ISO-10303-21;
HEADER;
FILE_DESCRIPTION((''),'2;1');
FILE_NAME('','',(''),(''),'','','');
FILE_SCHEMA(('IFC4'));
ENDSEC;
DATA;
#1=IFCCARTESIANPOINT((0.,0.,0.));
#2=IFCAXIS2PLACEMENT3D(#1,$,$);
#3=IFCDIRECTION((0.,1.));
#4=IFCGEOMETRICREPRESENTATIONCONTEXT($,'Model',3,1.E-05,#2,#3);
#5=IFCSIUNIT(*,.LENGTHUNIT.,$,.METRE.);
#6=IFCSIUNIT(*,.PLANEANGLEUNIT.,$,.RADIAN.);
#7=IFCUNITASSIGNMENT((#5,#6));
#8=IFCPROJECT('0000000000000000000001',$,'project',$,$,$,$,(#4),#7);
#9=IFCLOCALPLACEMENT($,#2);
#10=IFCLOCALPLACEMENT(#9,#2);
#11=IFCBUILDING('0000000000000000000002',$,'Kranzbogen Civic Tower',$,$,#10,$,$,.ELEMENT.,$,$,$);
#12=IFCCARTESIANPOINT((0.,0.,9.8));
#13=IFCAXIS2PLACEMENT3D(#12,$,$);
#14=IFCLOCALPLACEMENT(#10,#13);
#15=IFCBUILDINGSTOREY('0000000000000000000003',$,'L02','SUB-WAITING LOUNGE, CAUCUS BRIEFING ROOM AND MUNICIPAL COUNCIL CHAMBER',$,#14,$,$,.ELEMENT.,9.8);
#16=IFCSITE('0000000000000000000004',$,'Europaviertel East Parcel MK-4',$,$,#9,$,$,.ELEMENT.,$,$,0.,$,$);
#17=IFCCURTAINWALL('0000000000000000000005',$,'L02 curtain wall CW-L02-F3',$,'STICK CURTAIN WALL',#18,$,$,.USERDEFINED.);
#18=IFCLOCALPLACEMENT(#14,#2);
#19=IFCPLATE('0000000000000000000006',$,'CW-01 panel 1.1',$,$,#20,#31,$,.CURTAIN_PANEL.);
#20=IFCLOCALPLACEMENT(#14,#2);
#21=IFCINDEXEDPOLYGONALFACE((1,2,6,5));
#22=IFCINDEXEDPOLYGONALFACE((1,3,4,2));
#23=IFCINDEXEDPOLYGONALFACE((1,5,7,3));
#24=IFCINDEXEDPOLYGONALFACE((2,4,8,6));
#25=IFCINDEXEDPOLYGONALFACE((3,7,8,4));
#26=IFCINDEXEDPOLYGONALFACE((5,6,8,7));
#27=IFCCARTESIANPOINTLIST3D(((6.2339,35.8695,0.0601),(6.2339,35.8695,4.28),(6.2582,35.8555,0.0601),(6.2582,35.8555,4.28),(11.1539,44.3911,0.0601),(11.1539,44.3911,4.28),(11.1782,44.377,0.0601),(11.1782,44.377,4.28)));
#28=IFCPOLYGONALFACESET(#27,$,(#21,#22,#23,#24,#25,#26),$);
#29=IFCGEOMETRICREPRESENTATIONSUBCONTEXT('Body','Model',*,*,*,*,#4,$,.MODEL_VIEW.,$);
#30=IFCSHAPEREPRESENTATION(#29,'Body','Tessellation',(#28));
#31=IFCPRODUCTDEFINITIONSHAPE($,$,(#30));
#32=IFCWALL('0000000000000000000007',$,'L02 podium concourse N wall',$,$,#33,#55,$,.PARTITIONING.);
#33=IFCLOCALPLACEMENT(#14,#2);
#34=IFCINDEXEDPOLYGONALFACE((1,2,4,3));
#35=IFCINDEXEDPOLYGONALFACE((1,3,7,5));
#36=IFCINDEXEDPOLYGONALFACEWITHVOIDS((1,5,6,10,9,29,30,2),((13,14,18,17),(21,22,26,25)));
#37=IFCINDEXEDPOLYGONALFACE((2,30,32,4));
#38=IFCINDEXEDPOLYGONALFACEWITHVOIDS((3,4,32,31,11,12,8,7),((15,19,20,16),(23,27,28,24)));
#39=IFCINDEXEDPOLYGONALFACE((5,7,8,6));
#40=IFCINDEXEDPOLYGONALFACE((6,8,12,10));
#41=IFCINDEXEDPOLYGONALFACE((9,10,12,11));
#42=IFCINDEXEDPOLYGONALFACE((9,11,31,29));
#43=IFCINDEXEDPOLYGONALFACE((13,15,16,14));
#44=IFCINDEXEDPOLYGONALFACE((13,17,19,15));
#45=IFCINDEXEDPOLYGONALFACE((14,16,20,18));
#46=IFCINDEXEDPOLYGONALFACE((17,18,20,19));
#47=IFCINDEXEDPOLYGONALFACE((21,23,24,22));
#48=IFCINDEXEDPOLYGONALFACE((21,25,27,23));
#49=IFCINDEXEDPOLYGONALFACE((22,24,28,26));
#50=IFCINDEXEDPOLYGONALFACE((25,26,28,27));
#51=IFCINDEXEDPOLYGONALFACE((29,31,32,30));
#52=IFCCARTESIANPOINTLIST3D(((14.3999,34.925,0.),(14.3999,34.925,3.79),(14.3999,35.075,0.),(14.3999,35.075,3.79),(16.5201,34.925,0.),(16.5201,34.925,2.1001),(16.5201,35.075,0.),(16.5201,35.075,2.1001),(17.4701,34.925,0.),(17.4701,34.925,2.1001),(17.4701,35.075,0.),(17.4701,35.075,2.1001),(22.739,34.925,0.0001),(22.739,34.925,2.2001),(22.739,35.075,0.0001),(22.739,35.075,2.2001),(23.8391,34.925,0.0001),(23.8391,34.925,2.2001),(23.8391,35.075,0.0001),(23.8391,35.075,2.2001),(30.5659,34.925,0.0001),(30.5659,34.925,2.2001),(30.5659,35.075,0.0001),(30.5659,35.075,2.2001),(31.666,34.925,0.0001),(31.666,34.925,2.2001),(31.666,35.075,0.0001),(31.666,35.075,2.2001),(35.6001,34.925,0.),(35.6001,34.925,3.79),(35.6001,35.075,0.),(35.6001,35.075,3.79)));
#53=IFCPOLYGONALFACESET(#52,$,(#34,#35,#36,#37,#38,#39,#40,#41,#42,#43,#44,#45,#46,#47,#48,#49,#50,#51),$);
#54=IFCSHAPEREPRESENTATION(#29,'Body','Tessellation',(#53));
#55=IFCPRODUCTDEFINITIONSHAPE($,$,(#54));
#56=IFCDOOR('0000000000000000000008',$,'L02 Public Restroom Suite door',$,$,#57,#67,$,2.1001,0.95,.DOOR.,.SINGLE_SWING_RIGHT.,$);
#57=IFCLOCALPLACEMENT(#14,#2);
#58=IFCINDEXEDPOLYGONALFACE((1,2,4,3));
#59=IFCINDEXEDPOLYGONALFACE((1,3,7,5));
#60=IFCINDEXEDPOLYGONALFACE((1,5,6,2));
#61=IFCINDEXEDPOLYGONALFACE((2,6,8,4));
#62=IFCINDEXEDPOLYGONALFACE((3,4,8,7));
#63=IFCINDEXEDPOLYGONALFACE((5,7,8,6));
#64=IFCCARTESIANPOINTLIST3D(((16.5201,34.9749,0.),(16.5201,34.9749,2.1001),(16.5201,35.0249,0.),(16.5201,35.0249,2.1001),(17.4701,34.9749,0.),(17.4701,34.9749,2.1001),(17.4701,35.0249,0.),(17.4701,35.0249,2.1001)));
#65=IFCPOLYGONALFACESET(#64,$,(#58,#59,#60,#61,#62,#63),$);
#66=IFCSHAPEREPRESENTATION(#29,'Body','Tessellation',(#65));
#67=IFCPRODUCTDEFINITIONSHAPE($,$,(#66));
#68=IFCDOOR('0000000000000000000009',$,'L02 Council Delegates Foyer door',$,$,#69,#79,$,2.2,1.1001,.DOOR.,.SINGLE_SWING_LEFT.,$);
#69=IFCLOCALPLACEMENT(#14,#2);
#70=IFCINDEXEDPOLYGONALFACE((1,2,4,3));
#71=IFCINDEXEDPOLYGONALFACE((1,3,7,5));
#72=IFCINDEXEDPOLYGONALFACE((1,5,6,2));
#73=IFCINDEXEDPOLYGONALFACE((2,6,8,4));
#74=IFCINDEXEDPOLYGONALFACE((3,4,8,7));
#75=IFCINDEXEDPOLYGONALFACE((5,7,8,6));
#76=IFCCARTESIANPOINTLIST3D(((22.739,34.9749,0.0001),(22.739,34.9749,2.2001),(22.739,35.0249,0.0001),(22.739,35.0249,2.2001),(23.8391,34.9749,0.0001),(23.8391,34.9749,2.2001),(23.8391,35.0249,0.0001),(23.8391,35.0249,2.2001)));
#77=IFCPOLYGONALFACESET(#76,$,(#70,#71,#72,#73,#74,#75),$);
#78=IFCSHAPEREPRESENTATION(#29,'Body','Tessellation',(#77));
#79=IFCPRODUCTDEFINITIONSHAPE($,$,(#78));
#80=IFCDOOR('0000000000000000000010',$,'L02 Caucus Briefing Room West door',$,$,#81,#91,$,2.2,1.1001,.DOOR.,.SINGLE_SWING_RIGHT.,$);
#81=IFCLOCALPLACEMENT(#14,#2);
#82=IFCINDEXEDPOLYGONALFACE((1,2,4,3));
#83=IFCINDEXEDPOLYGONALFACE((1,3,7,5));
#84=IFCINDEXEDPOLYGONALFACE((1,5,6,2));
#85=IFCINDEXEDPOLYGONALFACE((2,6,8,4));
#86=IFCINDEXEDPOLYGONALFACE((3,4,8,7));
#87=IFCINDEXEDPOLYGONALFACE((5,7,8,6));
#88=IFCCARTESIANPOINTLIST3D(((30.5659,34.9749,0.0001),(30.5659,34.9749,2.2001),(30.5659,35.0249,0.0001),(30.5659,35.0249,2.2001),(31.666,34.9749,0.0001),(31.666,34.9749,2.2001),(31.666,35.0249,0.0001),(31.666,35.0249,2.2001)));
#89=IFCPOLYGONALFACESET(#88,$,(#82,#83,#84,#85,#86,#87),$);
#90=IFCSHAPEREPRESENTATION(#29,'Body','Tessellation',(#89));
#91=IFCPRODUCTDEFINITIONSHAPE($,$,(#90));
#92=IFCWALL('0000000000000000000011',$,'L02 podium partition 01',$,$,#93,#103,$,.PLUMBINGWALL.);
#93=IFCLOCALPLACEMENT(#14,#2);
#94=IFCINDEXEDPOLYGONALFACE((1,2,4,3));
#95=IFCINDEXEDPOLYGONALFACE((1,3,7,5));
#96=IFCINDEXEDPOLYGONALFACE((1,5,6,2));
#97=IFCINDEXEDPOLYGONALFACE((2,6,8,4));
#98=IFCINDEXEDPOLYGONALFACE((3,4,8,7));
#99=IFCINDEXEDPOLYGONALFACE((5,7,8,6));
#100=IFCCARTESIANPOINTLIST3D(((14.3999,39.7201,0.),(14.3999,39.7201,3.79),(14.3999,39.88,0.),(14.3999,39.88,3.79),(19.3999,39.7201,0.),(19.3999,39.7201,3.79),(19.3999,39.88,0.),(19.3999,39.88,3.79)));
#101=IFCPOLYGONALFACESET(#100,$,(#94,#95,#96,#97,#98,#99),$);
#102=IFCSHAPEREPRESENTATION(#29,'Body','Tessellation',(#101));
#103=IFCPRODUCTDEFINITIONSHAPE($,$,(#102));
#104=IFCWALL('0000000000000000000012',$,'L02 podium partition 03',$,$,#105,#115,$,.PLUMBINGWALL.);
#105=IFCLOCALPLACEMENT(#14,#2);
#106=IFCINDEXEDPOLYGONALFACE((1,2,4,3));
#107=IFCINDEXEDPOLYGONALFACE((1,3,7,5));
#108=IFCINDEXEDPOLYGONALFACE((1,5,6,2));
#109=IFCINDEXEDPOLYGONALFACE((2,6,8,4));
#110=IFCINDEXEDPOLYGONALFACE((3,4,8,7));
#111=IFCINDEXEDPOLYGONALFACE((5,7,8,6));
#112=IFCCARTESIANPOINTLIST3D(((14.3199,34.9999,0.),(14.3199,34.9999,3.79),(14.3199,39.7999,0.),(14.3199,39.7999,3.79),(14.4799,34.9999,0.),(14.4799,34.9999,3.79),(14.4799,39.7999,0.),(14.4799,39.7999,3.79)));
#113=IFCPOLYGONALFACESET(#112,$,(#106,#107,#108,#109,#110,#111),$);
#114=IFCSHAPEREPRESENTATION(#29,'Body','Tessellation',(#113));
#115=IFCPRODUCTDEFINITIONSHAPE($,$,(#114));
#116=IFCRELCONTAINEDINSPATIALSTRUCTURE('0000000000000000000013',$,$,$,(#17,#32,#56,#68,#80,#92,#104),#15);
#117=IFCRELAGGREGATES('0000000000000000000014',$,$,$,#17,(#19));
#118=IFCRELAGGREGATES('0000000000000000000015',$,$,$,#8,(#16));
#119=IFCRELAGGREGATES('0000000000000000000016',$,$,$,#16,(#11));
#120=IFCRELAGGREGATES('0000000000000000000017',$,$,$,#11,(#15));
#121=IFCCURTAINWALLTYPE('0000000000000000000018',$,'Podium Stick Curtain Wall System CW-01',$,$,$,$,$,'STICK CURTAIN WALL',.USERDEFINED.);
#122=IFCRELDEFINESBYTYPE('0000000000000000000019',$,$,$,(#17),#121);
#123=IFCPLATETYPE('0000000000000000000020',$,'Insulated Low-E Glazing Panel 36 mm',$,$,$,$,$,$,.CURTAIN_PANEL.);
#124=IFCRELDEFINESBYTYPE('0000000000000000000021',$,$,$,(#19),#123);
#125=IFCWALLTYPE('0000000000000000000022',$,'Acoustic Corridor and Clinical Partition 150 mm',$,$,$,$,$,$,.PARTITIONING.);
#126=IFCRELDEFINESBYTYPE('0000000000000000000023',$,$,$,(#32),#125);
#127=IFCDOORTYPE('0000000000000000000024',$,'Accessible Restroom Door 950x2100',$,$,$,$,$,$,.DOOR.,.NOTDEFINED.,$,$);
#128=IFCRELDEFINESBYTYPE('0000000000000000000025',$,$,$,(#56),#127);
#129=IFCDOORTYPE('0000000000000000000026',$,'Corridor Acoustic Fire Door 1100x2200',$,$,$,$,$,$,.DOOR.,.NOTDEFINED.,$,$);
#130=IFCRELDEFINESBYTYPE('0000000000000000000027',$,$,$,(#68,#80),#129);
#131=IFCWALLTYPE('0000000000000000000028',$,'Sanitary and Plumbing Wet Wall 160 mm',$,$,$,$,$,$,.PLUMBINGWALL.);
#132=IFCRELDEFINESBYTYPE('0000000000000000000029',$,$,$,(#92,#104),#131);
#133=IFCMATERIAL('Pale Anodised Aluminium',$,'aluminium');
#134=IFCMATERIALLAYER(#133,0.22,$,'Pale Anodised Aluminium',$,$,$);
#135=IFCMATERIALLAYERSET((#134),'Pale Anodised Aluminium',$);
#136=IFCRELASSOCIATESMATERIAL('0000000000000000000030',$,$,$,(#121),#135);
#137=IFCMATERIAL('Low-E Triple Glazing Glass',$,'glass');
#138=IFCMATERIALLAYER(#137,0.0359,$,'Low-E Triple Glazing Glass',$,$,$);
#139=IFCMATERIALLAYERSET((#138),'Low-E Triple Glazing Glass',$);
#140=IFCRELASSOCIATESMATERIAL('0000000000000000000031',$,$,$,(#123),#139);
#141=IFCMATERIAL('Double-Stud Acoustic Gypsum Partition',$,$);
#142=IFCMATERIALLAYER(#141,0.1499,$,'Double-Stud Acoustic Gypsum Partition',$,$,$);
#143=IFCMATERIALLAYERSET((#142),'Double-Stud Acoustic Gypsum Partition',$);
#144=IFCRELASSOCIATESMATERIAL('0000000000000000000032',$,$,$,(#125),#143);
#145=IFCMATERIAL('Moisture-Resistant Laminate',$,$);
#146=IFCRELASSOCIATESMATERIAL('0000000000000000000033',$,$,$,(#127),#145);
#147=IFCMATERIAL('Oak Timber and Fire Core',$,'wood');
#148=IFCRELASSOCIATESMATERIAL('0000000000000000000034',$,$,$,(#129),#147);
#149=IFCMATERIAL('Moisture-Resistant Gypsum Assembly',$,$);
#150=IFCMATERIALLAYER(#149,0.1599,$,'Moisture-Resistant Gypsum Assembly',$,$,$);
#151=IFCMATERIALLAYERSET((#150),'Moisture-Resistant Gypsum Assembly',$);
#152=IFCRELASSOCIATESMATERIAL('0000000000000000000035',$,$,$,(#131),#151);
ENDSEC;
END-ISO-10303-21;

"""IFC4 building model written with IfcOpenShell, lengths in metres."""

from ifc_helpers import new_model, si_unit, direction, frame, frame_2d, origin, origin_2d, place, context, subcontext, project, spatial, rectangle, extrude, material, layer, layer_set, type_object, element, fill, aggregate, save


model = new_model("IFC4")

# Units and contexts
model_context = context("Model", 3, precision=1e-05, world=origin(), true_north=direction((0.0, 1.0)))
body_context = subcontext(model_context, "Body", "Model", "MODEL_VIEW")
ifc_project = project(units=[si_unit("LENGTHUNIT", "METRE"), si_unit("PLANEANGLEUNIT", "RADIAN")], contexts=[model_context])

# Site, building, storey
site_placement = place(None, origin())
site = spatial("IfcSite", under=ifc_project, at=site_placement, Name="Europaviertel East Parcel MK-4", CompositionType="ELEMENT", RefElevation=0.0)
building_placement = place(site_placement, origin())
building = spatial("IfcBuilding", under=site, at=building_placement, Name="Kranzbogen Civic Tower", CompositionType="ELEMENT")
storey_placement = place(building_placement, frame((0.0, 0.0, 9.8)))
storey = spatial("IfcBuildingStorey", under=building, at=storey_placement, Name="L02", Description="SUB-WAITING LOUNGE, CAUCUS BRIEFING ROOM AND MUNICIPAL COUNCIL CHAMBER", CompositionType="ELEMENT", Elevation=9.8)

# Shared definitions
ifc_material_1 = material(Name="Pale Anodised Aluminium", Category="aluminium")

# Shared definitions
ifc_layer_1 = layer(ifc_material_1, 0.22, Name="Pale Anodised Aluminium")
ifc_layer_set_1 = layer_set([ifc_layer_1], Name="Pale Anodised Aluminium")
curtain_wall_type_1 = type_object("IfcCurtainWallType", Name="Podium Stick Curtain Wall System CW-01", ElementType="STICK CURTAIN WALL", PredefinedType="USERDEFINED", material=ifc_layer_set_1)

# Curtain wall
curtain_wall_1_placement = place(storey_placement, origin())
curtain_wall_1 = element("IfcCurtainWall", 1, at=curtain_wall_1_placement, inside=storey, type_object=curtain_wall_type_1, Name="L02 curtain wall CW-L02-F3", ObjectType="STICK CURTAIN WALL", PredefinedType="USERDEFINED")

# Plate
ifc_material_2 = material(Name="Low-E Triple Glazing Glass", Category="glass")
ifc_layer_2 = layer(ifc_material_2, 0.0359, Name="Low-E Triple Glazing Glass")
ifc_layer_set_2 = layer_set([ifc_layer_2], Name="Low-E Triple Glazing Glass")
plate_type_1 = type_object("IfcPlateType", Name="Insulated Low-E Glazing Panel 36 mm", PredefinedType="CURTAIN_PANEL", material=ifc_layer_set_2)
plate_1_placement = place(storey_placement, frame((8.7061, 40.1233, 0.0601), z_axis=(0.0, 0.0, 1.0), x_axis=(-0.500006, -0.866022, 0.0)))
plate_1 = element("IfcPlate", 2, at=plate_1_placement, type_object=plate_type_1, Name="CW-01 panel 1.1", PredefinedType="CURTAIN_PANEL", context=body_context, shape_type="SweptSolid", body=[
    extrude(rectangle(XDim=9.8398, YDim=0.0281, at=origin_2d()), origin(), (0.0, 0.0, 1.0), 4.22),
])
aggregate(curtain_wall_1, [plate_1])

# Wall, openings, doors
ifc_material_3 = material(Name="Double-Stud Acoustic Gypsum Partition")
ifc_layer_3 = layer(ifc_material_3, 0.1499, Name="Double-Stud Acoustic Gypsum Partition")
ifc_layer_set_3 = layer_set([ifc_layer_3], Name="Double-Stud Acoustic Gypsum Partition")
wall_type_1 = type_object("IfcWallType", Name="Acoustic Corridor and Clinical Partition 150 mm", PredefinedType="PARTITIONING", material=ifc_layer_set_3)
wall_1_placement = place(storey_placement, frame((14.3999, 35.0, 0.0), z_axis=(0.0, 0.0, 1.0), x_axis=(1.0, 0.0, 0.0)))
wall_1 = element("IfcWall", 3, at=wall_1_placement, inside=storey, type_object=wall_type_1, Name="L02 podium concourse N wall", PredefinedType="PARTITIONING", context=body_context, shape_type="SweptSolid", body=[
    extrude(rectangle(XDim=21.2002, YDim=0.1499, at=frame_2d((10.6001, 0.0))), origin(), (0.0, 0.0, 1.0), 3.79),
])
opening_1_placement = place(wall_1_placement, frame((2.1201, 0.0, 0.0)))
opening_1 = element("IfcOpeningElement", 4, at=opening_1_placement, cuts=wall_1, PredefinedType="OPENING", context=body_context, shape_type="SweptSolid", body=[
    extrude(rectangle(XDim=0.95, YDim=2.1001, at=frame_2d((0.4751, 1.05))), frame((0.0, 0.085, 0.0), z_axis=(0.0, -1.0, 0.0), x_axis=(1.0, 0.0, 0.0)), (0.0, 0.0, 1.0), 0.1699),
])
opening_2_placement = place(wall_1_placement, frame((8.3391, 0.0, 0.0)))
opening_2 = element("IfcOpeningElement", 5, at=opening_2_placement, cuts=wall_1, PredefinedType="OPENING", context=body_context, shape_type="SweptSolid", body=[
    extrude(rectangle(XDim=1.1001, YDim=2.2, at=frame_2d((0.55, 1.1001))), frame((0.0, 0.085, 0.0), z_axis=(0.0, -1.0, 0.0), x_axis=(1.0, 0.0, 0.0)), (0.0, 0.0, 1.0), 0.1699),
])
opening_3_placement = place(wall_1_placement, frame((16.166, 0.0, 0.0)))
opening_3 = element("IfcOpeningElement", 6, at=opening_3_placement, cuts=wall_1, PredefinedType="OPENING", context=body_context, shape_type="SweptSolid", body=[
    extrude(rectangle(XDim=1.1001, YDim=2.2, at=frame_2d((0.55, 1.1001))), frame((0.0, 0.085, 0.0), z_axis=(0.0, -1.0, 0.0), x_axis=(1.0, 0.0, 0.0)), (0.0, 0.0, 1.0), 0.1699),
])
ifc_material_4 = material(Name="Moisture-Resistant Laminate")
door_type_1 = type_object("IfcDoorType", Name="Accessible Restroom Door 950x2100", OperationType="NOTDEFINED", PredefinedType="DOOR", material=ifc_material_4)
door_1_placement = place(opening_1_placement, origin())
door_1 = element("IfcDoor", 7, at=door_1_placement, inside=storey, type_object=door_type_1, Name="L02 Public Restroom Suite door", OperationType="SINGLE_SWING_RIGHT", OverallHeight=2.1001, OverallWidth=0.95, PredefinedType="DOOR", context=body_context, shape_type="SweptSolid", body=[
    extrude(rectangle(XDim=0.95, YDim=2.1001, at=frame_2d((0.4751, 1.05))), frame((0.0, 0.0249, 0.0), z_axis=(0.0, -1.0, 0.0), x_axis=(1.0, 0.0, 0.0)), (0.0, 0.0, 1.0), 0.05),
])
fill(opening_1, door_1)
ifc_material_5 = material(Name="Oak Timber and Fire Core", Category="wood")
door_type_2 = type_object("IfcDoorType", Name="Corridor Acoustic Fire Door 1100x2200", OperationType="NOTDEFINED", PredefinedType="DOOR", material=ifc_material_5)
door_2_placement = place(opening_2_placement, origin())
door_2 = element("IfcDoor", 8, at=door_2_placement, inside=storey, type_object=door_type_2, Name="L02 Council Delegates Foyer door", OperationType="SINGLE_SWING_LEFT", OverallHeight=2.2, OverallWidth=1.1001, PredefinedType="DOOR", context=body_context, shape_type="SweptSolid", body=[
    extrude(rectangle(XDim=1.1001, YDim=2.2, at=frame_2d((0.55, 1.1001))), frame((0.0, 0.0249, 0.0), z_axis=(0.0, -1.0, 0.0), x_axis=(1.0, 0.0, 0.0)), (0.0, 0.0, 1.0), 0.05),
])
fill(opening_2, door_2)
door_3_placement = place(opening_3_placement, origin())
door_3 = element("IfcDoor", 9, at=door_3_placement, inside=storey, type_object=door_type_2, Name="L02 Caucus Briefing Room West door", OperationType="SINGLE_SWING_RIGHT", OverallHeight=2.2, OverallWidth=1.1001, PredefinedType="DOOR", context=body_context, shape_type="SweptSolid", body=[
    extrude(rectangle(XDim=1.1001, YDim=2.2, at=frame_2d((0.55, 1.1001))), frame((0.0, 0.0249, 0.0), z_axis=(0.0, -1.0, 0.0), x_axis=(1.0, 0.0, 0.0)), (0.0, 0.0, 1.0), 0.05),
])
fill(opening_3, door_3)

# Walls
ifc_material_6 = material(Name="Moisture-Resistant Gypsum Assembly")
ifc_layer_4 = layer(ifc_material_6, 0.1599, Name="Moisture-Resistant Gypsum Assembly")
ifc_layer_set_4 = layer_set([ifc_layer_4], Name="Moisture-Resistant Gypsum Assembly")
wall_type_2 = type_object("IfcWallType", Name="Sanitary and Plumbing Wet Wall 160 mm", PredefinedType="PLUMBINGWALL", material=ifc_layer_set_4)
wall_2_placement = place(storey_placement, frame((14.3999, 39.8, 0.0), z_axis=(0.0, 0.0, 1.0), x_axis=(1.0, 0.0, 0.0)))
element("IfcWall", 10, at=wall_2_placement, inside=storey, type_object=wall_type_2, Name="L02 podium partition 01", PredefinedType="PLUMBINGWALL", context=body_context, shape_type="SweptSolid", body=[
    extrude(rectangle(XDim=5.0, YDim=0.1599, at=frame_2d((2.5, 0.0))), origin(), (0.0, 0.0, 1.0), 3.79),
])
wall_3_placement = place(storey_placement, frame((14.3999, 35.0, 0.0), z_axis=(0.0, 0.0, 1.0), x_axis=(0.0, 1.0, 0.0)))
element("IfcWall", 11, at=wall_3_placement, inside=storey, type_object=wall_type_2, Name="L02 podium partition 03", PredefinedType="PLUMBINGWALL", context=body_context, shape_type="SweptSolid", body=[
    extrude(rectangle(XDim=4.8, YDim=0.1599, at=frame_2d((2.3999, 0.0))), origin(), (0.0, 0.0, 1.0), 3.79),
])

save(model, "model.ifc")
